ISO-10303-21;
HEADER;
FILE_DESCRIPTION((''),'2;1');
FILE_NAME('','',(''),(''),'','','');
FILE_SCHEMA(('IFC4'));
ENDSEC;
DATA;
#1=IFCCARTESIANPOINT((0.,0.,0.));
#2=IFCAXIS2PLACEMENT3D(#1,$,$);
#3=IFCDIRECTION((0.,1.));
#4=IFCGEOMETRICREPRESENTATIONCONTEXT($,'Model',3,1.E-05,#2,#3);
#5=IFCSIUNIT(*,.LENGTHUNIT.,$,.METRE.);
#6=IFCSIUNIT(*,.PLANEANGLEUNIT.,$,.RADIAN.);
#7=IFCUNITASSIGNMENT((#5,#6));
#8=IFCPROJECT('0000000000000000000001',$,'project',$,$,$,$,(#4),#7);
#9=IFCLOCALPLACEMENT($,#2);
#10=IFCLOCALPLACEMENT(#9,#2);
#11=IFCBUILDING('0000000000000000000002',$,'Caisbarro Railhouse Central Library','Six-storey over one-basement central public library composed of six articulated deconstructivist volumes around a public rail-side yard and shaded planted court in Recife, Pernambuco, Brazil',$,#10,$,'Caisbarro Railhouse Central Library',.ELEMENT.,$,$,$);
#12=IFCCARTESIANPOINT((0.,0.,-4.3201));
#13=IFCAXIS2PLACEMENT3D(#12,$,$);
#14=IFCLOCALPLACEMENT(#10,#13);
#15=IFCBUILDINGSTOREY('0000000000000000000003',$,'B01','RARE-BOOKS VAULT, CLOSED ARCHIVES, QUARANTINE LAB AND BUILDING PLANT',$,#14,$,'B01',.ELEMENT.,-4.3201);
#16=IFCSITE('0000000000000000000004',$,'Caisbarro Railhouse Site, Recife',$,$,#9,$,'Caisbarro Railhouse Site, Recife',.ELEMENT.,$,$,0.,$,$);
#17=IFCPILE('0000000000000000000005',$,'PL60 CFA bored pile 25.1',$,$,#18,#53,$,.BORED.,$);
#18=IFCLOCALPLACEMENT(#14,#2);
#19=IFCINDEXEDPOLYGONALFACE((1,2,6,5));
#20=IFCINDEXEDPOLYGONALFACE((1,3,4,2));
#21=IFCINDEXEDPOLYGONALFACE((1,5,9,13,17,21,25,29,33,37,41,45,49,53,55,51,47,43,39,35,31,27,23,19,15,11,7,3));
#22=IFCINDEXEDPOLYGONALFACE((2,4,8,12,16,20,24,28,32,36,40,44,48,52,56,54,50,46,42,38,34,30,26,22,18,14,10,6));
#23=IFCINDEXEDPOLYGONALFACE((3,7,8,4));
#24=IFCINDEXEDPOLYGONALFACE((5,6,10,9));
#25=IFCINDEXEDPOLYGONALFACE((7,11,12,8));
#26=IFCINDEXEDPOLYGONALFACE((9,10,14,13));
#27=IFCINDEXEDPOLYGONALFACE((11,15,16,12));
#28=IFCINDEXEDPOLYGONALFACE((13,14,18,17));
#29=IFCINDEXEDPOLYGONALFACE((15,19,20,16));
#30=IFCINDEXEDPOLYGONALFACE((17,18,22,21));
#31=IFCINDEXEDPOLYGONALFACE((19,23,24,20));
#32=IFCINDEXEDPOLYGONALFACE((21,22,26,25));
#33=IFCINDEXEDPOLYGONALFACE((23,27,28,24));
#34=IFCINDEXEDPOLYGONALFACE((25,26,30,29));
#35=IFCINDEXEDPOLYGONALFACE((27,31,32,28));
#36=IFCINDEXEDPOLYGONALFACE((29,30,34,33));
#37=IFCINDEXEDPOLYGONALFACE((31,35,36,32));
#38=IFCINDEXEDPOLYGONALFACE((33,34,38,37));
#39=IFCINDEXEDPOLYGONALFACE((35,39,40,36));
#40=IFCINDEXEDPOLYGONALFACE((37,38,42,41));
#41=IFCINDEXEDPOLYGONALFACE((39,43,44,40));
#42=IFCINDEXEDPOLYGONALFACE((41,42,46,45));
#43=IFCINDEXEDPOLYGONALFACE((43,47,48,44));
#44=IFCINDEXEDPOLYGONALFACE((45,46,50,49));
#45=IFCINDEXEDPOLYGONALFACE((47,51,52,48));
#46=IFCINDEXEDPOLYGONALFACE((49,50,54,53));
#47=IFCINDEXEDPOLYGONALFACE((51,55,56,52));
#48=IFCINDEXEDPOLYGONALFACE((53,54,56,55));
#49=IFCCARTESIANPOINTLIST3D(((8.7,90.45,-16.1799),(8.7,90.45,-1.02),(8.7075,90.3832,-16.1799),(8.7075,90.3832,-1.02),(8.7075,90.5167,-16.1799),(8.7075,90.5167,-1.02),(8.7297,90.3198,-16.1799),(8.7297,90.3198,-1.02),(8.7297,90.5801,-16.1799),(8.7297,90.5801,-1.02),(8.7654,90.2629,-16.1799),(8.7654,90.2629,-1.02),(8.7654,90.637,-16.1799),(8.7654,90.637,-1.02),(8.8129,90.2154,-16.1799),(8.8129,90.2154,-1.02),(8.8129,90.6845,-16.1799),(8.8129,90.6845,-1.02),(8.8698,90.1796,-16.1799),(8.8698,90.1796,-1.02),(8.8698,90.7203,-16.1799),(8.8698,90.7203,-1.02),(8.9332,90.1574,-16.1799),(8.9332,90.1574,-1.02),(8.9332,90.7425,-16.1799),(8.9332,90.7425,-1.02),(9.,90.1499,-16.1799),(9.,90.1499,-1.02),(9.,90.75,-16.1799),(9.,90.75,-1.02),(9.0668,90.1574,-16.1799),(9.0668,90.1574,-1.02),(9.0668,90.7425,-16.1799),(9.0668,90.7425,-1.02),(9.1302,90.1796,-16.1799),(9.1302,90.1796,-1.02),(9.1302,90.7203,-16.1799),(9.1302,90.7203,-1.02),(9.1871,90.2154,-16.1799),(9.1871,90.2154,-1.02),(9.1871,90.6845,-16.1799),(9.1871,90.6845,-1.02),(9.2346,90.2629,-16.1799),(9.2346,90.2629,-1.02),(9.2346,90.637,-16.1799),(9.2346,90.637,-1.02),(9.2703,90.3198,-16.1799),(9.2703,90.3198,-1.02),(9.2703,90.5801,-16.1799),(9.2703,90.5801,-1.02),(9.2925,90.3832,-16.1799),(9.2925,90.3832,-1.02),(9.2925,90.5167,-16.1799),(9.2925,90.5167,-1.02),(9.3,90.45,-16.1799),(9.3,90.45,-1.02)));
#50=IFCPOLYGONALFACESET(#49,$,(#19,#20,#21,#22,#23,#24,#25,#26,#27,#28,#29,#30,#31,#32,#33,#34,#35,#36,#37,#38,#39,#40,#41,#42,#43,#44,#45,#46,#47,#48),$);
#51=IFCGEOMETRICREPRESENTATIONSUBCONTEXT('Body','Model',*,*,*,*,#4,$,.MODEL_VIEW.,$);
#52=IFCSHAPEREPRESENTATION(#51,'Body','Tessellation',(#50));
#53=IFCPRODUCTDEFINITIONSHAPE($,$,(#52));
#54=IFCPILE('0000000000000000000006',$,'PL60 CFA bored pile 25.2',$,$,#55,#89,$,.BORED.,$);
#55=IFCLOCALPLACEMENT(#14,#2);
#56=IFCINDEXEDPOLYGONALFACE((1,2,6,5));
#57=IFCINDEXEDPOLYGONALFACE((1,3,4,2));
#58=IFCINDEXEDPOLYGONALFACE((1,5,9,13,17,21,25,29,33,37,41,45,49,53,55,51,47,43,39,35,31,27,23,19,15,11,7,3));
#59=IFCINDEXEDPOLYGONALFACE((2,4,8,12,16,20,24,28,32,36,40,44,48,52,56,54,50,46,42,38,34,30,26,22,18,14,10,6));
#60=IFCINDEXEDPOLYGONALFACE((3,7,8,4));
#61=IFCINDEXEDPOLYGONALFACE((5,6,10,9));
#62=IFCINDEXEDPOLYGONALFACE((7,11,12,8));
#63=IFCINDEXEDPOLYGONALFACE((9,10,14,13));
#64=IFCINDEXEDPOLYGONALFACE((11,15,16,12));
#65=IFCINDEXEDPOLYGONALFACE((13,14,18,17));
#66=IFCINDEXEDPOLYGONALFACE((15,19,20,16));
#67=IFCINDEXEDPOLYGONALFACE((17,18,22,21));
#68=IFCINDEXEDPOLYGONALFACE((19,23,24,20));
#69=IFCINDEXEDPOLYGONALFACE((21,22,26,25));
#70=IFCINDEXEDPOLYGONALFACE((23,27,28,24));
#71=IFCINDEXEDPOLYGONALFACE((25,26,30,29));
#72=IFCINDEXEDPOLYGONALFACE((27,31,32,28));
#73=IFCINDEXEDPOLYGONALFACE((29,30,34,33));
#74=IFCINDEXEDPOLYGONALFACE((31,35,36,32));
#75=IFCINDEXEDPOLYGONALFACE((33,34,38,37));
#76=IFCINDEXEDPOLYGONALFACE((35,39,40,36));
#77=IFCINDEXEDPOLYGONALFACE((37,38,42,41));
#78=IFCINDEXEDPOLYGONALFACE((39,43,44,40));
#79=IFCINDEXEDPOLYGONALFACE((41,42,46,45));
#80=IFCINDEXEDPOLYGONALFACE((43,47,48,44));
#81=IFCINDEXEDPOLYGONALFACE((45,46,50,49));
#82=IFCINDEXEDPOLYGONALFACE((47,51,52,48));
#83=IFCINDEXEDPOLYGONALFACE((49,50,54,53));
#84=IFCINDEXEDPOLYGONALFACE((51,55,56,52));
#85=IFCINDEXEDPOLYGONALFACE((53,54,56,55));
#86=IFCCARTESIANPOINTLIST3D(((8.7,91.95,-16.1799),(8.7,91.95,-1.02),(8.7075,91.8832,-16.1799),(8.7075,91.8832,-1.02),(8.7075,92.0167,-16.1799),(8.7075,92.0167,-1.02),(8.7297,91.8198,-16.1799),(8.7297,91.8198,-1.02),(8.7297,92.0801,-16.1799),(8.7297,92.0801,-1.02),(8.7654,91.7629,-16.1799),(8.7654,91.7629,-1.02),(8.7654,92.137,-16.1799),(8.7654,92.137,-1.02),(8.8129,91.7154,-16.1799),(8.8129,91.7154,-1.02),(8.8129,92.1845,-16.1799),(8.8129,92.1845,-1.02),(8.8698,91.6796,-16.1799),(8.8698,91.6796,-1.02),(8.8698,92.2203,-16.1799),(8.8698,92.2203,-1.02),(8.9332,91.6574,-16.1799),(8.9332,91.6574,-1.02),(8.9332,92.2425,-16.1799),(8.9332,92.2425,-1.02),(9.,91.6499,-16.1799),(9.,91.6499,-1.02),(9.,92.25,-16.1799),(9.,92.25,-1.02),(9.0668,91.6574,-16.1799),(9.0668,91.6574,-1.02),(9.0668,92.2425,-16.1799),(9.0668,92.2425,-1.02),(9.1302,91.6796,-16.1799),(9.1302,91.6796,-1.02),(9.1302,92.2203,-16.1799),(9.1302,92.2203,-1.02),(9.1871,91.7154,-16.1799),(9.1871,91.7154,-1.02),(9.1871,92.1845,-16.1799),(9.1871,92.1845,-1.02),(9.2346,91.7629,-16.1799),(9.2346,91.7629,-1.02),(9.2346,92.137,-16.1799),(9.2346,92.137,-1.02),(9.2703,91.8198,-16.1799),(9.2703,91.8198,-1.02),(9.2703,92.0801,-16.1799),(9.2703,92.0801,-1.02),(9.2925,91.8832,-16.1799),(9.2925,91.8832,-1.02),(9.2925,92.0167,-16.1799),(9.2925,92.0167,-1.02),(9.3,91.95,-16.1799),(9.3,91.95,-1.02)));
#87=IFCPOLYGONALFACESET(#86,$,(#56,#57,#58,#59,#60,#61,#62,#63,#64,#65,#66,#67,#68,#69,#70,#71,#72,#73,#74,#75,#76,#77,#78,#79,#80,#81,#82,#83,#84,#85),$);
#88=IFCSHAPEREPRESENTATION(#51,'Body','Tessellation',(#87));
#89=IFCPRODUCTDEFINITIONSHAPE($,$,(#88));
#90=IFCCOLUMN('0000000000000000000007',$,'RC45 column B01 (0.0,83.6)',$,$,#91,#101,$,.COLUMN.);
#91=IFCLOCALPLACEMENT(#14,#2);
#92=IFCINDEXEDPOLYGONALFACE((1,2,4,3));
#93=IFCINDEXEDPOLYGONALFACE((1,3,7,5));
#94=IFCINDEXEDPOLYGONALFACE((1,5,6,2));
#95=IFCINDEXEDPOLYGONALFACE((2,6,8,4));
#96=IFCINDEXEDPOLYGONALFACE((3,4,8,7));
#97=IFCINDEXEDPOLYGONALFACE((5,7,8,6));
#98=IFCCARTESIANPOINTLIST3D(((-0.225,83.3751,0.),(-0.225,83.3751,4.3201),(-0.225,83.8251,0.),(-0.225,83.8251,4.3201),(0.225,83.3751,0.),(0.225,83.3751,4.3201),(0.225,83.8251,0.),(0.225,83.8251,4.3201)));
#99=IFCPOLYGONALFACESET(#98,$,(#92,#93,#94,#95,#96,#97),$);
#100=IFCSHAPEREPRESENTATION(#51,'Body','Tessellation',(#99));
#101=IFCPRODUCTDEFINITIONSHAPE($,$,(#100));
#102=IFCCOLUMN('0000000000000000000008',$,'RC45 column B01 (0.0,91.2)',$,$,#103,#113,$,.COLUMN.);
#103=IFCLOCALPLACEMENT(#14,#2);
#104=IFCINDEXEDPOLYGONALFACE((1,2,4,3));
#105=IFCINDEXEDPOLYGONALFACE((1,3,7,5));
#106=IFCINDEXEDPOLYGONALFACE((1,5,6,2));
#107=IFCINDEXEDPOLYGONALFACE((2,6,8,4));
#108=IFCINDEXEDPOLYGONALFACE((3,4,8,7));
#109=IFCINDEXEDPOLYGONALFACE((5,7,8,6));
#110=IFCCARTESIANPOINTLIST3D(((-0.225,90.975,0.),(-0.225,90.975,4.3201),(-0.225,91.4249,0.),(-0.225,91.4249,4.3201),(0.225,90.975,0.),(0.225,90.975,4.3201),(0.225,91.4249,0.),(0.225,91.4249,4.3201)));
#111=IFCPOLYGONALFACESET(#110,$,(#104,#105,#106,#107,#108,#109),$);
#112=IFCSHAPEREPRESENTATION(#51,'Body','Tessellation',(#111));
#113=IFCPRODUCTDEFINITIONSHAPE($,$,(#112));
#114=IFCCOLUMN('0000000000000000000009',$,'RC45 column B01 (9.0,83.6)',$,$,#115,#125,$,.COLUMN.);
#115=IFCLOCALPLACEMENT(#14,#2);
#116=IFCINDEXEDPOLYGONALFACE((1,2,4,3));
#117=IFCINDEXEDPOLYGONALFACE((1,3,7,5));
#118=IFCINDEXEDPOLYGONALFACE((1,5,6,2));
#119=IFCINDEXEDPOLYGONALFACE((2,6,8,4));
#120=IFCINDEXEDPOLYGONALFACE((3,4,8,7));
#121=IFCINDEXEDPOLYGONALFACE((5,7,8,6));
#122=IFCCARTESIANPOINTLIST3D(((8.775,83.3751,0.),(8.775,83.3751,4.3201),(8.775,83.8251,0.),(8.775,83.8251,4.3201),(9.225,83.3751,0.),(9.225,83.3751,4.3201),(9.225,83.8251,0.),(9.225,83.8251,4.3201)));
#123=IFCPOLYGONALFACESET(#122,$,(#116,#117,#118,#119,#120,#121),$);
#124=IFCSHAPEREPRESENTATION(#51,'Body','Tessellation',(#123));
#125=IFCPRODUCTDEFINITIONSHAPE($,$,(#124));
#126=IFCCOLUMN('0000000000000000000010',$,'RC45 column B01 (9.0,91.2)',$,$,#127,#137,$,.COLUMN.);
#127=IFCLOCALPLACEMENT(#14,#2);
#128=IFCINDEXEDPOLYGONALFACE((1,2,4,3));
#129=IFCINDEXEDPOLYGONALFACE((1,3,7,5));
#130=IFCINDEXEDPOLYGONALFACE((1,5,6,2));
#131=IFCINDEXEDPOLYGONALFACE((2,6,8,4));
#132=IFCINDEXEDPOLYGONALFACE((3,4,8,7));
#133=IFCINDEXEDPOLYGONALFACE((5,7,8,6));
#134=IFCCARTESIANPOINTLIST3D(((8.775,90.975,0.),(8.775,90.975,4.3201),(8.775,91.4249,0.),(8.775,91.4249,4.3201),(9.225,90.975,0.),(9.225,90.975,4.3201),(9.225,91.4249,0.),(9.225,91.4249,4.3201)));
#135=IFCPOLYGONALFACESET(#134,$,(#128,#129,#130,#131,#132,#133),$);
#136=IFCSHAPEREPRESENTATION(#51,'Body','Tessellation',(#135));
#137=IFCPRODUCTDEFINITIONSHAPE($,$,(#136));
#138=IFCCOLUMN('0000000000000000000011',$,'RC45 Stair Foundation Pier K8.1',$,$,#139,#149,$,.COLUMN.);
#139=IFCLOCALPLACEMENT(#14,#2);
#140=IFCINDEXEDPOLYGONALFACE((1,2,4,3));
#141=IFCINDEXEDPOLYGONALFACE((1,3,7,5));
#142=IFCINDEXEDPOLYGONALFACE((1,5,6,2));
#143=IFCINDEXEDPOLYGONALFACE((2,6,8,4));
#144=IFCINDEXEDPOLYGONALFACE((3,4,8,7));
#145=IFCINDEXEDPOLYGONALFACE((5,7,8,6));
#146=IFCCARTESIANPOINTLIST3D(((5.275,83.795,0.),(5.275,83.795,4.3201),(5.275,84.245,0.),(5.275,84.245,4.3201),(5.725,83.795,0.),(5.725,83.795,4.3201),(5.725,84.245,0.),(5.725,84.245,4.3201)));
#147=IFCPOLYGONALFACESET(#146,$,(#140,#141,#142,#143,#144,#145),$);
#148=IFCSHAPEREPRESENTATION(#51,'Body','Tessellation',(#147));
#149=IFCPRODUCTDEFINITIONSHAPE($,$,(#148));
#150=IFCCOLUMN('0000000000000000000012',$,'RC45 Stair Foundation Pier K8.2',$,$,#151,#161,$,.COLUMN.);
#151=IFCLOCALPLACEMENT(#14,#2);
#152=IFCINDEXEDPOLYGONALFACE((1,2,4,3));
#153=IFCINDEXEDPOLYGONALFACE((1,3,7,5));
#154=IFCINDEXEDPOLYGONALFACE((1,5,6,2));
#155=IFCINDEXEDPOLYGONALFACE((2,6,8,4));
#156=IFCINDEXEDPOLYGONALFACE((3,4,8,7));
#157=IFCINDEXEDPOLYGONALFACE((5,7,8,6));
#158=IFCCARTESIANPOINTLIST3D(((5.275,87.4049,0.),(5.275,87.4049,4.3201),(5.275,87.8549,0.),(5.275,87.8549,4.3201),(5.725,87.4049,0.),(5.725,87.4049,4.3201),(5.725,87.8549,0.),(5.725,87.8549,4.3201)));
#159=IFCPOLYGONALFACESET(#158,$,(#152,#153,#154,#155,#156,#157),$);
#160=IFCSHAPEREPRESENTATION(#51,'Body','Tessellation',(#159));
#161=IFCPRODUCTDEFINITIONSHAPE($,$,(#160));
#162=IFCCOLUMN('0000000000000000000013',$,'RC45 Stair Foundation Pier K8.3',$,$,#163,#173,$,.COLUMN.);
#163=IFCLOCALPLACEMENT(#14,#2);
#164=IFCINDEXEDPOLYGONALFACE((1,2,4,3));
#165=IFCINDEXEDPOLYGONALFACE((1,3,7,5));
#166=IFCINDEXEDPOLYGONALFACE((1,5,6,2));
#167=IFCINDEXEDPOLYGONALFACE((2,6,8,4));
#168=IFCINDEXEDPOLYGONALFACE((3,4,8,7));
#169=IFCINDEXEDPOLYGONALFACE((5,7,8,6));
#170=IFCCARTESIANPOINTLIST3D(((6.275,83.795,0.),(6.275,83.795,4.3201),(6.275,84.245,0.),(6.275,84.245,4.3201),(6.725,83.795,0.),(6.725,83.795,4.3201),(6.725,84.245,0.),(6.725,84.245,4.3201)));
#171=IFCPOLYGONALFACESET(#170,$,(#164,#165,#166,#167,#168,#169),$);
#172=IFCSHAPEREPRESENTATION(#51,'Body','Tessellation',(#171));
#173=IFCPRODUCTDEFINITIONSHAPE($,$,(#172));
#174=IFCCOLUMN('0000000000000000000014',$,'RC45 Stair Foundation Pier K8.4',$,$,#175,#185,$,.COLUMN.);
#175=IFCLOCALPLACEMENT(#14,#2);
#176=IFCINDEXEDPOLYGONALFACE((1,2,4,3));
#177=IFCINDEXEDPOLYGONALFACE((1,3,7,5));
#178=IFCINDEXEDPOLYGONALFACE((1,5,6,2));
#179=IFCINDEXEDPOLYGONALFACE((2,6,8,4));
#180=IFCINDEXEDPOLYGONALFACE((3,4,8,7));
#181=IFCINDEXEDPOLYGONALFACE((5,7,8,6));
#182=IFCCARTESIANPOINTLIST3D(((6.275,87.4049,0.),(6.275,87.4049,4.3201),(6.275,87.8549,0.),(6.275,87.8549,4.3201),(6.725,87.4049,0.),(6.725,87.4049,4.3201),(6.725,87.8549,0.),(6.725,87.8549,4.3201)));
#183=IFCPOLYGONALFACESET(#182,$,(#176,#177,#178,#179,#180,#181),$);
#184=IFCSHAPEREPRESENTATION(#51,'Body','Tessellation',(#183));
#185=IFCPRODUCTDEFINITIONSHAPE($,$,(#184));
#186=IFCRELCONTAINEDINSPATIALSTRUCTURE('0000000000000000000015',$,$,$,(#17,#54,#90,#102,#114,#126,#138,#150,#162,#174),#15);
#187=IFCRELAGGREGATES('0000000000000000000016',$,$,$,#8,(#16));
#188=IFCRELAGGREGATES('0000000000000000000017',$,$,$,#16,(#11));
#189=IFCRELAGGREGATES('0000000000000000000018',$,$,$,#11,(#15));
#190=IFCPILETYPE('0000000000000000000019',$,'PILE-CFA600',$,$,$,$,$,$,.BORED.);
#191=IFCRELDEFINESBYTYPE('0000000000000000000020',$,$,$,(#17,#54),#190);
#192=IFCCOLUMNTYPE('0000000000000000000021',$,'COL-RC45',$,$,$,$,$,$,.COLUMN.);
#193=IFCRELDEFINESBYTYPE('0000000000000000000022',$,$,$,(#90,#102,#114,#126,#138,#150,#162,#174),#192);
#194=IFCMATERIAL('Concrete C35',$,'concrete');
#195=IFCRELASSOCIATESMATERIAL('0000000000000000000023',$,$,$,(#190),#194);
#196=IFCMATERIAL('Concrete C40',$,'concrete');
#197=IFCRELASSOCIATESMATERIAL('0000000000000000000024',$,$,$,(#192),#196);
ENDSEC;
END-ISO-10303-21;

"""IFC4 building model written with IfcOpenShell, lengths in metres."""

from ifc_helpers import new_model, si_unit, direction, frame, origin, origin_2d, place, context, subcontext, project, spatial, rectangle, circle, extrude, material, material_profile, profile_set, type_object, element, save


model = new_model("IFC4")

# Units and contexts
model_context = context("Model", 3, precision=1e-05, world=origin(), true_north=direction((0.0, 1.0)))
body_context = subcontext(model_context, "Body", "Model", "MODEL_VIEW")
ifc_project = project(units=[si_unit("LENGTHUNIT", "METRE"), si_unit("PLANEANGLEUNIT", "RADIAN")], contexts=[model_context])

# Site, building, storey
site_placement = place(None, origin())
site = spatial("IfcSite", under=ifc_project, at=site_placement, Name="Caisbarro Railhouse Site, Recife", LongName="Caisbarro Railhouse Site, Recife", CompositionType="ELEMENT", RefElevation=0.0)
building_placement = place(site_placement, origin())
building = spatial("IfcBuilding", under=site, at=building_placement, Name="Caisbarro Railhouse Central Library", Description="Six-storey over one-basement central public library composed of six articulated deconstructivist volumes around a public rail-side yard and shaded planted court in Recife, Pernambuco, Brazil", LongName="Caisbarro Railhouse Central Library", CompositionType="ELEMENT")
storey_placement = place(building_placement, frame((0.0, 0.0, -4.3201)))
storey = spatial("IfcBuildingStorey", under=building, at=storey_placement, Name="B01", Description="RARE-BOOKS VAULT, CLOSED ARCHIVES, QUARANTINE LAB AND BUILDING PLANT", LongName="B01", CompositionType="ELEMENT", Elevation=-4.3201)

# Shared definitions
ifc_material_1 = material(Name="Concrete C35", Category="concrete")
ifc_material_2 = material(Name="Concrete C40", Category="concrete")

# Piles
ifc_material_profile_1 = material_profile(ifc_material_1, circle(Radius=0.3, at=origin_2d()), Name="PILE-CFA-600")
ifc_profile_set_1 = profile_set([ifc_material_profile_1], Name="Concrete C35")
pile_type = type_object("IfcPileType", Name="PILE-CFA600", PredefinedType="BORED", material=ifc_profile_set_1)
for number, where, z_axis, x_axis, name in (
    (1, (9.0, 90.45, -1.02), (0.0, 0.0, -1.0), (1.0, 0.0, 0.0), "PL60 CFA bored pile 25.1"),
    (2, (9.0, 91.95, -1.02), (0.0, 0.0, -1.0), (1.0, 0.0, 0.0), "PL60 CFA bored pile 25.2"),
):
    element("IfcPile", number, at=place(storey_placement, frame(where, z_axis=z_axis, x_axis=x_axis)), inside=storey, type_object=pile_type, Name=name, PredefinedType="BORED", context=body_context, shape_type="SweptSolid", body=[
        extrude(circle(Radius=0.3, at=origin_2d()), origin(), (0.0, 0.0, 1.0), 15.1599),
    ])

# Columns
ifc_material_profile_2 = material_profile(ifc_material_2, rectangle(XDim=0.45, YDim=0.45, at=origin_2d()), Name="RC-COL-450X450")
ifc_profile_set_2 = profile_set([ifc_material_profile_2], Name="Concrete C40")
column_type = type_object("IfcColumnType", Name="COL-RC45", PredefinedType="COLUMN", material=ifc_profile_set_2)
for number, where, z_axis, x_axis, name in (
    (3, (0.0, 83.6001, 0.0), (0.0, 0.0, 1.0), (1.0, 0.0, 0.0), "RC45 column B01 (0.0,83.6)"),
    (4, (0.0, 91.2, 0.0), (0.0, 0.0, 1.0), (1.0, 0.0, 0.0), "RC45 column B01 (0.0,91.2)"),
    (5, (9.0, 83.6001, 0.0), (0.0, 0.0, 1.0), (1.0, 0.0, 0.0), "RC45 column B01 (9.0,83.6)"),
    (6, (9.0, 91.2, 0.0), (0.0, 0.0, 1.0), (1.0, 0.0, 0.0), "RC45 column B01 (9.0,91.2)"),
    (7, (5.5, 84.02, 0.0), (0.0, 0.0, 1.0), (1.0, 0.0, 0.0), "RC45 Stair Foundation Pier K8.1"),
    (8, (5.5, 87.6299, 0.0), (0.0, 0.0, 1.0), (1.0, 0.0, 0.0), "RC45 Stair Foundation Pier K8.2"),
    (9, (6.5, 84.02, 0.0), (0.0, 0.0, 1.0), (1.0, 0.0, 0.0), "RC45 Stair Foundation Pier K8.3"),
    (10, (6.5, 87.6299, 0.0), (0.0, 0.0, 1.0), (1.0, 0.0, 0.0), "RC45 Stair Foundation Pier K8.4"),
):
    element("IfcColumn", number, at=place(storey_placement, frame(where, z_axis=z_axis, x_axis=x_axis)), inside=storey, type_object=column_type, Name=name, PredefinedType="COLUMN", context=body_context, shape_type="SweptSolid", body=[
        extrude(rectangle(XDim=0.45, YDim=0.45, at=origin_2d()), origin(), (0.0, 0.0, 1.0), 4.3201),
    ])

save(model, "model.ifc")
